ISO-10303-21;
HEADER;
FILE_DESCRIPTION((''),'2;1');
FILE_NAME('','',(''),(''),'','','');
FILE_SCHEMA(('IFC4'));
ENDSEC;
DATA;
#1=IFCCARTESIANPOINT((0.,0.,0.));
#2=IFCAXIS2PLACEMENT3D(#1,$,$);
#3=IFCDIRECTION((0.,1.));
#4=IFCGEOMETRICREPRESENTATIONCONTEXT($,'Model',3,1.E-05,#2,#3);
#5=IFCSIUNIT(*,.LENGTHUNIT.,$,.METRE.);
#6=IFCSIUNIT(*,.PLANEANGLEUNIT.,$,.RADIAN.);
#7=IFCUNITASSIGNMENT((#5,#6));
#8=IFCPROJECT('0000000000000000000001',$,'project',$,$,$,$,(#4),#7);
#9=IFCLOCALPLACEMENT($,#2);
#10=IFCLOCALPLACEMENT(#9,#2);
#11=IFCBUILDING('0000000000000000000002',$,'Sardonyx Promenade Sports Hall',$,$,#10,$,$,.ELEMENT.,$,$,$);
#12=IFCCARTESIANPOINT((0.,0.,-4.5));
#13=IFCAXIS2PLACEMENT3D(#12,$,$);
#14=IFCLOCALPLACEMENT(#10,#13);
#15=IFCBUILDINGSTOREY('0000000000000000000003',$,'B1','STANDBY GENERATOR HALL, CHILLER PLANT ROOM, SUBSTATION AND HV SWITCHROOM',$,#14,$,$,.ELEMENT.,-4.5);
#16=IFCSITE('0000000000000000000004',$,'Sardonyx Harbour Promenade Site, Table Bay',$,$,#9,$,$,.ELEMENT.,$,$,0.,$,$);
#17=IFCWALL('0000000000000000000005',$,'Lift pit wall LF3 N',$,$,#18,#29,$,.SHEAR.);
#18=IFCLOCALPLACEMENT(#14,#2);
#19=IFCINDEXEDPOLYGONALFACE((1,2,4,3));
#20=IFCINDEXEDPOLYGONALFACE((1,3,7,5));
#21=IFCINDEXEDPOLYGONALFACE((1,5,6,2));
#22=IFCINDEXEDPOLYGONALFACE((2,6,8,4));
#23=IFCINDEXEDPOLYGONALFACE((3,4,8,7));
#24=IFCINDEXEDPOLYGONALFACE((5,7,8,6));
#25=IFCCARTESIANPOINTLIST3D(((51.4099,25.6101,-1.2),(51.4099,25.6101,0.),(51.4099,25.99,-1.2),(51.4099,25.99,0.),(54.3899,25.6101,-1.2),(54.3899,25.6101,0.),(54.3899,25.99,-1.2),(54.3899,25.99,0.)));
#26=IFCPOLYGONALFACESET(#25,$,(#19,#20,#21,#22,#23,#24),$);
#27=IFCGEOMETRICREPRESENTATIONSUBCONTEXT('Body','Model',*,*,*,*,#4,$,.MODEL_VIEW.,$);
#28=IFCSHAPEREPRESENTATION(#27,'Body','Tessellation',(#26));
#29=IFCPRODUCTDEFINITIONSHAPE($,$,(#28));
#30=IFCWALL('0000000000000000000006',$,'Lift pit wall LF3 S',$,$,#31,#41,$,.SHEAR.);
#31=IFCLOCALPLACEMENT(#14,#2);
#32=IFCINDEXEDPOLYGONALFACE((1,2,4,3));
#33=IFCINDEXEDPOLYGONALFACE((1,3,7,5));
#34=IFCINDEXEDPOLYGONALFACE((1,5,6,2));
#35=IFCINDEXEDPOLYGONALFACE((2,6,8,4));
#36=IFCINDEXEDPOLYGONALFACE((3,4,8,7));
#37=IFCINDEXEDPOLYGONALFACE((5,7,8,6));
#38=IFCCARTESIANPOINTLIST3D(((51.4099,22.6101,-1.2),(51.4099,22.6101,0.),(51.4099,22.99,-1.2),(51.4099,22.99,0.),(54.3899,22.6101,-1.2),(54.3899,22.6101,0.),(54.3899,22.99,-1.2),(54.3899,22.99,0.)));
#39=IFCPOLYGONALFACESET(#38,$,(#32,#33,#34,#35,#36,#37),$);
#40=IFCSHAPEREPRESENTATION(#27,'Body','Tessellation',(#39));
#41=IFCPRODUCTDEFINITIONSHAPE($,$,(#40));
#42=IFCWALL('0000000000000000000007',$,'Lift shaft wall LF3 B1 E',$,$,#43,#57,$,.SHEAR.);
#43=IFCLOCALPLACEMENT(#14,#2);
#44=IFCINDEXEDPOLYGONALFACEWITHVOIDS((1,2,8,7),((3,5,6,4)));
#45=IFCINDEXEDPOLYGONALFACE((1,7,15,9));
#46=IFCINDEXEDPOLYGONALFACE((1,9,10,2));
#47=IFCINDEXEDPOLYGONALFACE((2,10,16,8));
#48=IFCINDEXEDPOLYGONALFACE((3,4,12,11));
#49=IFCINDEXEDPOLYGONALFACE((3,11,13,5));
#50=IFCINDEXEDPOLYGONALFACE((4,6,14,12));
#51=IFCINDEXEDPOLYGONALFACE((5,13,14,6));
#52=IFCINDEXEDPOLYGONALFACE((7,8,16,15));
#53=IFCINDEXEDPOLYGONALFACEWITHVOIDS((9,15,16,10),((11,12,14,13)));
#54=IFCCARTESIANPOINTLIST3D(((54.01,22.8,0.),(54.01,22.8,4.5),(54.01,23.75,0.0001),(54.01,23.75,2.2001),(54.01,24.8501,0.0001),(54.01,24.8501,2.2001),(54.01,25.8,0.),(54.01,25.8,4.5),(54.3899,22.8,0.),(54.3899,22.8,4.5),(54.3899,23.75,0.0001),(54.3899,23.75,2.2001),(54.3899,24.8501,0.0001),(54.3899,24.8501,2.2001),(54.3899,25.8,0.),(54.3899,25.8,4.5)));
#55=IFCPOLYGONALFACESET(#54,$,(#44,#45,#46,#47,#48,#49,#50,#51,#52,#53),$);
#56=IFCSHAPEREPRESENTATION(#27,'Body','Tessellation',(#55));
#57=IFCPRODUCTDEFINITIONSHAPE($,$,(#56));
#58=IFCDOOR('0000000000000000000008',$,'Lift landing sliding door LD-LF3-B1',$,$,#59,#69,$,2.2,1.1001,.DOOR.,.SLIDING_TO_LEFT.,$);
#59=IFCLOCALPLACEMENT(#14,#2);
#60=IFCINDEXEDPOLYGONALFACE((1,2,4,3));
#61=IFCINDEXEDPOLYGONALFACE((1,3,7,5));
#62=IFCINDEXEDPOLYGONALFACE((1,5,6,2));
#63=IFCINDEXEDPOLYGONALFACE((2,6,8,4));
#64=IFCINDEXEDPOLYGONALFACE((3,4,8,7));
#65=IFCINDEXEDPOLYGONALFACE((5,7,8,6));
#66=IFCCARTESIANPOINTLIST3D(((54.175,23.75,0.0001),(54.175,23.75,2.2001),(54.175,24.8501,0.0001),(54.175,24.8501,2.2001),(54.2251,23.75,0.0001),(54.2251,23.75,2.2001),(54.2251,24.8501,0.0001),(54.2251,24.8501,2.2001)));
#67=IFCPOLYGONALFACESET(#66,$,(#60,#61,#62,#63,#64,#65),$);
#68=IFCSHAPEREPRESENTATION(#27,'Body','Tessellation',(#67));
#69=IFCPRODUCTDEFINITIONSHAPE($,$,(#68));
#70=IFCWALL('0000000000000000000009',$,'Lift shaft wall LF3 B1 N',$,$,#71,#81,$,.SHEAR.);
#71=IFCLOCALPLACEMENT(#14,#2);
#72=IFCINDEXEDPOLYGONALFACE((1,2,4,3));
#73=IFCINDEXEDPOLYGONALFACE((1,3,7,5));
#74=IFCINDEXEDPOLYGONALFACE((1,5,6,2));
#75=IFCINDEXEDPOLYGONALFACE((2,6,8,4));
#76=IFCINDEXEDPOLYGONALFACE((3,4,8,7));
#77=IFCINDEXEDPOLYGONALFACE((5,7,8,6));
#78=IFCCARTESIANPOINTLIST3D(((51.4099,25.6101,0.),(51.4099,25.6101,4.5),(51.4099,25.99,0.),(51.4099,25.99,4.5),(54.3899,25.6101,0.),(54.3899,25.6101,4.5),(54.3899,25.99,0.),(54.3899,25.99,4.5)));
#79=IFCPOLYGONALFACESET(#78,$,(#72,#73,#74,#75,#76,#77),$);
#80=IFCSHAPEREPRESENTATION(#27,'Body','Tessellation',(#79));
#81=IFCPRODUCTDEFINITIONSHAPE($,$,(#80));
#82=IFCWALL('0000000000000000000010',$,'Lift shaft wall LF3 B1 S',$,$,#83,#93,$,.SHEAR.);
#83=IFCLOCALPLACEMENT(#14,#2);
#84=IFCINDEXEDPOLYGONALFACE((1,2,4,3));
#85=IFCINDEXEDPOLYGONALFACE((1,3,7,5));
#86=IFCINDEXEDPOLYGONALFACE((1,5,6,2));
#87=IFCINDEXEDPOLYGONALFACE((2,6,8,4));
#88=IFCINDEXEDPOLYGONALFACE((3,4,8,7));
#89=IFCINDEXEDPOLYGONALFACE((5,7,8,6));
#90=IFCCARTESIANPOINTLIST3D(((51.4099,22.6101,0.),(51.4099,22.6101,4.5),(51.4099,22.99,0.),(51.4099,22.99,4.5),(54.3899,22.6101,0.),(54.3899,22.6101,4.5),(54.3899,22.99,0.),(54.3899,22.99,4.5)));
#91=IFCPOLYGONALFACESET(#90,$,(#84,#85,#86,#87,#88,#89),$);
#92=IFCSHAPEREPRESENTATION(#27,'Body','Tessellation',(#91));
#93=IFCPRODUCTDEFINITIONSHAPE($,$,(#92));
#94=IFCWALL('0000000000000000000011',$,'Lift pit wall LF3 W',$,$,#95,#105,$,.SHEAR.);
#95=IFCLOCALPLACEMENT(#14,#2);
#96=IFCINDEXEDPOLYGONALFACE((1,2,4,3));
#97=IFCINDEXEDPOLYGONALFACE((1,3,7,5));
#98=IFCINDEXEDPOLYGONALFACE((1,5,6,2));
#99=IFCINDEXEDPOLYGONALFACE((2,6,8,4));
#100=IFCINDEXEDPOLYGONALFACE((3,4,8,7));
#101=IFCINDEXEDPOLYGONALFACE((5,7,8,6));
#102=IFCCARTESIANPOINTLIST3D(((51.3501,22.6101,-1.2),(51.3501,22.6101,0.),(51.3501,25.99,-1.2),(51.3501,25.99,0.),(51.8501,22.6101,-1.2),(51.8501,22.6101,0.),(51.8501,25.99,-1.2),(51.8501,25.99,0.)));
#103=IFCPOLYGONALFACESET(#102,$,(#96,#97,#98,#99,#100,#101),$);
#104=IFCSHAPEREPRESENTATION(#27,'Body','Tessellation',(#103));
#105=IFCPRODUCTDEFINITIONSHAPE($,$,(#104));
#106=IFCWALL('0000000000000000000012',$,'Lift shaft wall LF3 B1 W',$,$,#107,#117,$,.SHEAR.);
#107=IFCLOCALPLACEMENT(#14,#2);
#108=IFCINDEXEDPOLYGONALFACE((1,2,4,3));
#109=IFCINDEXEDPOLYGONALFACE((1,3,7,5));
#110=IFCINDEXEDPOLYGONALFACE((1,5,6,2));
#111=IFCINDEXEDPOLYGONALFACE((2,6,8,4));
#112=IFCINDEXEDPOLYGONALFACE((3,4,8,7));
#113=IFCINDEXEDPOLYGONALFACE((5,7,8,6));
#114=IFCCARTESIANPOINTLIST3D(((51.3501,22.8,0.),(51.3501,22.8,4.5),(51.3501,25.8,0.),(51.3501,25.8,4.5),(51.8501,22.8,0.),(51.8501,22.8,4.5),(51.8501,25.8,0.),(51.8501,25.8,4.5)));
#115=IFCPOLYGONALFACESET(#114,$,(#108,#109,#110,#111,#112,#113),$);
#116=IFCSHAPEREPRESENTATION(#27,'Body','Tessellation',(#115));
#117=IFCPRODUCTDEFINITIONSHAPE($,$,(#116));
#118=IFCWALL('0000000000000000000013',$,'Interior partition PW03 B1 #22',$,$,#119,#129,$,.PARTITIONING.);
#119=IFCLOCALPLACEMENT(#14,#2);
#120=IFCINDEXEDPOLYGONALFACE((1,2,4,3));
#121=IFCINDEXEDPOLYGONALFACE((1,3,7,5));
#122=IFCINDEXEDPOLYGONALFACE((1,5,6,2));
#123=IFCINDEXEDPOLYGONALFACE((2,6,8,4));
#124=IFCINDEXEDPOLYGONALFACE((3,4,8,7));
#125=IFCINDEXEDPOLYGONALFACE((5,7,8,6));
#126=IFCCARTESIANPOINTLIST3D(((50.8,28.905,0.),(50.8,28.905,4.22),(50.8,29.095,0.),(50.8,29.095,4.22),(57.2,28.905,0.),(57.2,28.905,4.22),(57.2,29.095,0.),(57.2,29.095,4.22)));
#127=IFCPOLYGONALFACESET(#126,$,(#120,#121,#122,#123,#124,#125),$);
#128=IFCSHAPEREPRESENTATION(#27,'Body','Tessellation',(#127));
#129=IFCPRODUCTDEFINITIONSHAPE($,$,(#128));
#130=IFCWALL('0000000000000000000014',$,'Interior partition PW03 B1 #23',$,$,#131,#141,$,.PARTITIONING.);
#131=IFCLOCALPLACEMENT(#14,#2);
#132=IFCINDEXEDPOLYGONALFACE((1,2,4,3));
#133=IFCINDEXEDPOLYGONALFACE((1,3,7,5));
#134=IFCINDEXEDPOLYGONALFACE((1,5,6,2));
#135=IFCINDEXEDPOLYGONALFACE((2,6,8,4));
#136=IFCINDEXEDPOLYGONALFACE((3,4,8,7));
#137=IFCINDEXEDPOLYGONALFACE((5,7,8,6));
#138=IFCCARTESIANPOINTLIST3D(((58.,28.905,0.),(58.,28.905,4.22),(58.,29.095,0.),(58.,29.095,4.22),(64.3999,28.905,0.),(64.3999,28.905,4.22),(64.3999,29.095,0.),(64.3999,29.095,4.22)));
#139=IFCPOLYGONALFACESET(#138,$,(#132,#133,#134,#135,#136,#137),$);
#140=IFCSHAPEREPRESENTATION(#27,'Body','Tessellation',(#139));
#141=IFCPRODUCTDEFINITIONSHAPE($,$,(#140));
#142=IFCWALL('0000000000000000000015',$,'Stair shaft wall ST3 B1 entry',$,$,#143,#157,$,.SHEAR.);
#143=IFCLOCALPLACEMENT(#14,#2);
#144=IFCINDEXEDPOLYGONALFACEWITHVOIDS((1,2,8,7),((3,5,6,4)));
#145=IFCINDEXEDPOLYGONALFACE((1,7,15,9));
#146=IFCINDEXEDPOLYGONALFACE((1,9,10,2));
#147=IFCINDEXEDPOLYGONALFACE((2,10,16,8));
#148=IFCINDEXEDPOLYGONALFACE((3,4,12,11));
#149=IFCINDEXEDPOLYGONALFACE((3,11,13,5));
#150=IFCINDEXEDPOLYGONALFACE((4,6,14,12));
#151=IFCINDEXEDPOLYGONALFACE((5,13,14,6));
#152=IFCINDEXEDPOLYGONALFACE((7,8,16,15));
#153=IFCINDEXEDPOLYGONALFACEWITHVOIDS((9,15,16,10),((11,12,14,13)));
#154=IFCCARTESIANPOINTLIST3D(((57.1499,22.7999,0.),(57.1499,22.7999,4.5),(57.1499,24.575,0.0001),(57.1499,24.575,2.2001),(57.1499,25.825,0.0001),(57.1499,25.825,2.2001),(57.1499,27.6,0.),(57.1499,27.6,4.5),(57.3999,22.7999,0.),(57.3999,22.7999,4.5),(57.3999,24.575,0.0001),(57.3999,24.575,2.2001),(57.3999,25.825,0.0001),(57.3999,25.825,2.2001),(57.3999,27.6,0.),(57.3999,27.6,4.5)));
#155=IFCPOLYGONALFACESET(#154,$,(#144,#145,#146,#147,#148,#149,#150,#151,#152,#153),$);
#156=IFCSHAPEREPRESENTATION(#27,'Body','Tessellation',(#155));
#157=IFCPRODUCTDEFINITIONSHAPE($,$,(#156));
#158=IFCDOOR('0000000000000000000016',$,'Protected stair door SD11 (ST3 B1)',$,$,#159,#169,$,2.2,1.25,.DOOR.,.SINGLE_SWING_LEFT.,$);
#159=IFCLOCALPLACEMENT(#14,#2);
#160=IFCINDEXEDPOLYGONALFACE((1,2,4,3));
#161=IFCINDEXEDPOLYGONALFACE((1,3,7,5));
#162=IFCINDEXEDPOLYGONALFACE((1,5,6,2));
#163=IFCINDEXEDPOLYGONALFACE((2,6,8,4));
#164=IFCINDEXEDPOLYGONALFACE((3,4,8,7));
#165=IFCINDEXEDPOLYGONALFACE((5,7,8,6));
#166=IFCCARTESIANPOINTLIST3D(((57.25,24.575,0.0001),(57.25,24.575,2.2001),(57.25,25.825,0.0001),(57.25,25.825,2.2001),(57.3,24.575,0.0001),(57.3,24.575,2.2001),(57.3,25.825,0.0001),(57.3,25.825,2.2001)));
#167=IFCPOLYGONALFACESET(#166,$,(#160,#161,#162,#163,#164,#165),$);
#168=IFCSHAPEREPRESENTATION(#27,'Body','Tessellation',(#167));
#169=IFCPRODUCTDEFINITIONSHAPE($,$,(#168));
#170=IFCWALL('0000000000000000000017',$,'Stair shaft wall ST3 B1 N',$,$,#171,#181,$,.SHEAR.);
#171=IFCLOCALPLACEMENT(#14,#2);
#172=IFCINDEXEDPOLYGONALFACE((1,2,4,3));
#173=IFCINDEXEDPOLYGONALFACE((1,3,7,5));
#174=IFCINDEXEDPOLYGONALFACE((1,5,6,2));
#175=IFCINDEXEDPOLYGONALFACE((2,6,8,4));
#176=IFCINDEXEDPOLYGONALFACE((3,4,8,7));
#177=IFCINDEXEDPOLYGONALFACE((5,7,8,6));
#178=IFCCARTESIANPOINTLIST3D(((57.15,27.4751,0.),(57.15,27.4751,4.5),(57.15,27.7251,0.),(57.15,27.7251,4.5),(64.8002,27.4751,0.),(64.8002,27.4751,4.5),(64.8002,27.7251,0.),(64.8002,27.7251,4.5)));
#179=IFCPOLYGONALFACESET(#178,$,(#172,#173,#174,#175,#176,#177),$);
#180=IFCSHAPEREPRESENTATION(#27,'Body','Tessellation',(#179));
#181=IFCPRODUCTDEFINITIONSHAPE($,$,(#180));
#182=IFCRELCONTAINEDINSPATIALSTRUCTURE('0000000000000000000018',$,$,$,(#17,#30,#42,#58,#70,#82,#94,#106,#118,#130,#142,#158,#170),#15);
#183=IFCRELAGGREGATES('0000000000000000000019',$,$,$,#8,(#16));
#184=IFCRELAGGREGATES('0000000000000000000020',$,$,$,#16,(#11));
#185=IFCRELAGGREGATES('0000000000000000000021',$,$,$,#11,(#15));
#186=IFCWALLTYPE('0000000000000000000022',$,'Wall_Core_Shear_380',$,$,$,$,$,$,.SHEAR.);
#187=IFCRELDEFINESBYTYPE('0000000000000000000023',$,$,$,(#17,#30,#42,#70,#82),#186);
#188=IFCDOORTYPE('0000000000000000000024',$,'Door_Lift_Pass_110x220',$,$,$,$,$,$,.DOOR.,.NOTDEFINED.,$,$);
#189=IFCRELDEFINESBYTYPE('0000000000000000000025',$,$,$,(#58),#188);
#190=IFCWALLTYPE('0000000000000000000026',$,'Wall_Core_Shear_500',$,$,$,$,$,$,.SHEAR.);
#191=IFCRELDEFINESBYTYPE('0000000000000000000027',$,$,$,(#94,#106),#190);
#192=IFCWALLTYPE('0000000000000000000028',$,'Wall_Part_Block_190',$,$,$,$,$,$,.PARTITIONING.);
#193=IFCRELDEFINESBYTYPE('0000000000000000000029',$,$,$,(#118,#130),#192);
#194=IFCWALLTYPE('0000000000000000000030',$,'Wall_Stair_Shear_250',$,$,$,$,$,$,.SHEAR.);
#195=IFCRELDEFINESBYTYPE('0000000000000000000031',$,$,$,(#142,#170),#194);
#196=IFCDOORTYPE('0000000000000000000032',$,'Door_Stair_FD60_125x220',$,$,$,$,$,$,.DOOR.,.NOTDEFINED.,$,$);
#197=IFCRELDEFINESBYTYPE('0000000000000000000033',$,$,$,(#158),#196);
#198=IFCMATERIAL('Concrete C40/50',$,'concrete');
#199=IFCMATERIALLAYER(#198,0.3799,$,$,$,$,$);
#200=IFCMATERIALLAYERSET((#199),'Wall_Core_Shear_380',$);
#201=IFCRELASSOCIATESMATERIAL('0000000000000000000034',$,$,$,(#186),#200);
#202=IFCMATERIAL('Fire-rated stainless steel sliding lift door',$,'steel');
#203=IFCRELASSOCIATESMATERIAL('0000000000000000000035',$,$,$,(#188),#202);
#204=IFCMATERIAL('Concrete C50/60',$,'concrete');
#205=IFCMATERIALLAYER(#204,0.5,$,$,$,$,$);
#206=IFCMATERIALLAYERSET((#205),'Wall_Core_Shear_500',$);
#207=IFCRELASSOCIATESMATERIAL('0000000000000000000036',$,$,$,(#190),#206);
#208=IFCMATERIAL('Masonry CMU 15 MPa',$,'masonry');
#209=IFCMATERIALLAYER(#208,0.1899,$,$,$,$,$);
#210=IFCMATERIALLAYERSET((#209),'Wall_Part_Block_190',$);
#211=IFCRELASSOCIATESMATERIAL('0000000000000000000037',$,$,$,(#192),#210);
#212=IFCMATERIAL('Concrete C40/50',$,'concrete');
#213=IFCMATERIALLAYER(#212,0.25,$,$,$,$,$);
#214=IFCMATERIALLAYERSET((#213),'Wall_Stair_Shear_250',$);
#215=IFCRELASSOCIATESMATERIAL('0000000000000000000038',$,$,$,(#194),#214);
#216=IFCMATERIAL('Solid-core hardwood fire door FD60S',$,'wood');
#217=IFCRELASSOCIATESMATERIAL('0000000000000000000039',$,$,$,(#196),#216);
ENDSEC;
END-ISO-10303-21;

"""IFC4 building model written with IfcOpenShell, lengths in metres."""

from ifc_helpers import new_model, si_unit, direction, frame, frame_2d, origin, place, context, subcontext, project, spatial, rectangle, extrude, material, layer, layer_set, type_object, element, fill, save


model = new_model("IFC4")

# Units and contexts
model_context = context("Model", 3, precision=1e-05, world=origin(), true_north=direction((0.0, 1.0)))
body_context = subcontext(model_context, "Body", "Model", "MODEL_VIEW")
ifc_project = project(units=[si_unit("LENGTHUNIT", "METRE"), si_unit("PLANEANGLEUNIT", "RADIAN")], contexts=[model_context])

# Site, building, storey
site_placement = place(None, origin())
site = spatial("IfcSite", under=ifc_project, at=site_placement, Name="Sardonyx Harbour Promenade Site, Table Bay", CompositionType="ELEMENT", RefElevation=0.0)
building_placement = place(site_placement, origin())
building = spatial("IfcBuilding", under=site, at=building_placement, Name="Sardonyx Promenade Sports Hall", CompositionType="ELEMENT")
storey_placement = place(building_placement, frame((0.0, 0.0, -4.5)))
storey = spatial("IfcBuildingStorey", under=building, at=storey_placement, Name="B1", Description="STANDBY GENERATOR HALL, CHILLER PLANT ROOM, SUBSTATION AND HV SWITCHROOM", CompositionType="ELEMENT", Elevation=-4.5)

# Walls
ifc_material_1 = material(Name="Concrete C40/50", Category="concrete")
ifc_layer_1 = layer(ifc_material_1, 0.3799)
ifc_layer_set_1 = layer_set([ifc_layer_1], Name="Wall_Core_Shear_380")
wall_type_1 = type_object("IfcWallType", Name="Wall_Core_Shear_380", PredefinedType="SHEAR", material=ifc_layer_set_1)
for number, where, z_axis, x_axis, name in (
    (1, (51.4099, 25.8, -1.2), (0.0, 0.0, 1.0), (1.0, 0.0, 0.0), "Lift pit wall LF3 N"),
    (2, (54.3899, 22.8, -1.2), (0.0, 0.0, 1.0), (-1.0, 0.0, 0.0), "Lift pit wall LF3 S"),
):
    element("IfcWall", number, at=place(storey_placement, frame(where, z_axis=z_axis, x_axis=x_axis)), inside=storey, type_object=wall_type_1, Name=name, PredefinedType="SHEAR", context=body_context, shape_type="SweptSolid", body=[
        extrude(rectangle(XDim=2.98, YDim=0.3799, at=frame_2d((1.49, 0.0))), origin(), (0.0, 0.0, 1.0), 1.2),
    ])

# Wall, opening, door
wall_1_placement = place(storey_placement, frame((54.2, 22.8, 0.0), z_axis=(0.0, 0.0, 1.0), x_axis=(0.0, 1.0, 0.0)))
wall_1 = element("IfcWall", 3, at=wall_1_placement, inside=storey, type_object=wall_type_1, Name="Lift shaft wall LF3 B1 E", PredefinedType="SHEAR", context=body_context, shape_type="SweptSolid", body=[
    extrude(rectangle(XDim=3.0, YDim=0.3799, at=frame_2d((1.5, 0.0))), origin(), (0.0, 0.0, 1.0), 4.5),
])
opening_1_placement = place(wall_1_placement, frame((0.95, 0.0, 0.0)))
opening_1 = element("IfcOpeningElement", 4, at=opening_1_placement, cuts=wall_1, PredefinedType="OPENING", context=body_context, shape_type="SweptSolid", body=[
    extrude(rectangle(XDim=1.1001, YDim=2.2, at=frame_2d((0.55, 1.1001))), frame((0.0, 0.2, 0.0), z_axis=(0.0, -1.0, 0.0), x_axis=(1.0, 0.0, 0.0)), (0.0, 0.0, 1.0), 0.4),
])
ifc_material_2 = material(Name="Fire-rated stainless steel sliding lift door", Category="steel")
door_type_1 = type_object("IfcDoorType", Name="Door_Lift_Pass_110x220", OperationType="NOTDEFINED", PredefinedType="DOOR", material=ifc_material_2)
door_1_placement = place(opening_1_placement, origin())
door_1 = element("IfcDoor", 5, at=door_1_placement, inside=storey, type_object=door_type_1, Name="Lift landing sliding door LD-LF3-B1", OperationType="SLIDING_TO_LEFT", OverallHeight=2.2, OverallWidth=1.1001, PredefinedType="DOOR", context=body_context, shape_type="SweptSolid", body=[
    extrude(rectangle(XDim=1.1001, YDim=2.2, at=frame_2d((0.55, 1.1001))), frame((0.0, 0.0249, 0.0), z_axis=(0.0, -1.0, 0.0), x_axis=(1.0, 0.0, 0.0)), (0.0, 0.0, 1.0), 0.05),
])
fill(opening_1, door_1)

# Walls
for number, where, z_axis, x_axis, name in (
    (6, (51.4099, 25.8, 0.0), (0.0, 0.0, 1.0), (1.0, 0.0, 0.0), "Lift shaft wall LF3 B1 N"),
    (7, (54.3899, 22.8, 0.0), (0.0, 0.0, 1.0), (-1.0, 0.0, 0.0), "Lift shaft wall LF3 B1 S"),
):
    element("IfcWall", number, at=place(storey_placement, frame(where, z_axis=z_axis, x_axis=x_axis)), inside=storey, type_object=wall_type_1, Name=name, PredefinedType="SHEAR", context=body_context, shape_type="SweptSolid", body=[
        extrude(rectangle(XDim=2.98, YDim=0.3799, at=frame_2d((1.49, 0.0))), origin(), (0.0, 0.0, 1.0), 4.5),
    ])
ifc_material_3 = material(Name="Concrete C50/60", Category="concrete")
ifc_layer_2 = layer(ifc_material_3, 0.5)
ifc_layer_set_2 = layer_set([ifc_layer_2], Name="Wall_Core_Shear_500")
wall_type_2 = type_object("IfcWallType", Name="Wall_Core_Shear_500", PredefinedType="SHEAR", material=ifc_layer_set_2)
wall_2_placement = place(storey_placement, frame((51.6001, 25.99, -1.2), z_axis=(0.0, 0.0, 1.0), x_axis=(0.0, -1.0, 0.0)))
element("IfcWall", 8, at=wall_2_placement, inside=storey, type_object=wall_type_2, Name="Lift pit wall LF3 W", PredefinedType="SHEAR", context=body_context, shape_type="SweptSolid", body=[
    extrude(rectangle(XDim=3.3799, YDim=0.5, at=frame_2d((1.6899, 0.0))), origin(), (0.0, 0.0, 1.0), 1.2),
])
wall_3_placement = place(storey_placement, frame((51.6001, 25.8, 0.0), z_axis=(0.0, 0.0, 1.0), x_axis=(0.0, -1.0, 0.0)))
element("IfcWall", 9, at=wall_3_placement, inside=storey, type_object=wall_type_2, Name="Lift shaft wall LF3 B1 W", PredefinedType="SHEAR", context=body_context, shape_type="SweptSolid", body=[
    extrude(rectangle(XDim=3.0, YDim=0.5, at=frame_2d((1.5, 0.0))), origin(), (0.0, 0.0, 1.0), 4.5),
])
ifc_material_4 = material(Name="Masonry CMU 15 MPa", Category="masonry")
ifc_layer_3 = layer(ifc_material_4, 0.1899)
ifc_layer_set_3 = layer_set([ifc_layer_3], Name="Wall_Part_Block_190")
wall_type_3 = type_object("IfcWallType", Name="Wall_Part_Block_190", PredefinedType="PARTITIONING", material=ifc_layer_set_3)
for number, where, z_axis, x_axis, name in (
    (10, (50.8, 29.0, 0.0), (0.0, 0.0, 1.0), (1.0, 0.0, 0.0), "Interior partition PW03 B1 #22"),
    (11, (58.0, 29.0, 0.0), (0.0, 0.0, 1.0), (1.0, 0.0, 0.0), "Interior partition PW03 B1 #23"),
):
    element("IfcWall", number, at=place(storey_placement, frame(where, z_axis=z_axis, x_axis=x_axis)), inside=storey, type_object=wall_type_3, Name=name, PredefinedType="PARTITIONING", context=body_context, shape_type="SweptSolid", body=[
        extrude(rectangle(XDim=6.3999, YDim=0.1899, at=frame_2d((3.2, 0.0))), origin(), (0.0, 0.0, 1.0), 4.22),
    ])

# Wall, opening, door
ifc_material_5 = material(Name="Concrete C40/50", Category="concrete")
ifc_layer_4 = layer(ifc_material_5, 0.25)
ifc_layer_set_4 = layer_set([ifc_layer_4], Name="Wall_Stair_Shear_250")
wall_type_4 = type_object("IfcWallType", Name="Wall_Stair_Shear_250", PredefinedType="SHEAR", material=ifc_layer_set_4)
wall_4_placement = place(storey_placement, frame((57.2749, 22.8, 0.0), z_axis=(0.0, 0.0, 1.0), x_axis=(0.0, 1.0, 0.0)))
wall_4 = element("IfcWall", 12, at=wall_4_placement, inside=storey, type_object=wall_type_4, Name="Stair shaft wall ST3 B1 entry", PredefinedType="SHEAR", context=body_context, shape_type="SweptSolid", body=[
    extrude(rectangle(XDim=4.8, YDim=0.25, at=frame_2d((2.3999, 0.0))), origin(), (0.0, 0.0, 1.0), 4.5),
])
opening_2_placement = place(wall_4_placement, frame((1.7749, 0.0, 0.0)))
opening_2 = element("IfcOpeningElement", 13, at=opening_2_placement, cuts=wall_4, PredefinedType="OPENING", context=body_context, shape_type="SweptSolid", body=[
    extrude(rectangle(XDim=1.25, YDim=2.2, at=frame_2d((0.625, 1.1001))), frame((0.0, 0.135, 0.0), z_axis=(0.0, -1.0, 0.0), x_axis=(1.0, 0.0, 0.0)), (0.0, 0.0, 1.0), 0.27),
])
ifc_material_6 = material(Name="Solid-core hardwood fire door FD60S", Category="wood")
door_type_2 = type_object("IfcDoorType", Name="Door_Stair_FD60_125x220", OperationType="NOTDEFINED", PredefinedType="DOOR", material=ifc_material_6)
door_2_placement = place(opening_2_placement, origin())
door_2 = element("IfcDoor", 14, at=door_2_placement, inside=storey, type_object=door_type_2, Name="Protected stair door SD11 (ST3 B1)", OperationType="SINGLE_SWING_LEFT", OverallHeight=2.2, OverallWidth=1.25, PredefinedType="DOOR", context=body_context, shape_type="SweptSolid", body=[
    extrude(rectangle(XDim=1.25, YDim=2.2, at=frame_2d((0.625, 1.1001))), frame((0.0, 0.0249, 0.0), z_axis=(0.0, -1.0, 0.0), x_axis=(1.0, 0.0, 0.0)), (0.0, 0.0, 1.0), 0.05),
])
fill(opening_2, door_2)

# Wall
wall_5_placement = place(storey_placement, frame((57.1499, 27.6001, 0.0), z_axis=(0.0, 0.0, 1.0), x_axis=(1.0, 0.0, 0.0)))
element("IfcWall", 15, at=wall_5_placement, inside=storey, type_object=wall_type_4, Name="Stair shaft wall ST3 B1 N", PredefinedType="SHEAR", context=body_context, shape_type="SweptSolid", body=[
    extrude(rectangle(XDim=7.6501, YDim=0.25, at=frame_2d((3.8252, 0.0))), origin(), (0.0, 0.0, 1.0), 4.5),
])

save(model, "model.ifc")
